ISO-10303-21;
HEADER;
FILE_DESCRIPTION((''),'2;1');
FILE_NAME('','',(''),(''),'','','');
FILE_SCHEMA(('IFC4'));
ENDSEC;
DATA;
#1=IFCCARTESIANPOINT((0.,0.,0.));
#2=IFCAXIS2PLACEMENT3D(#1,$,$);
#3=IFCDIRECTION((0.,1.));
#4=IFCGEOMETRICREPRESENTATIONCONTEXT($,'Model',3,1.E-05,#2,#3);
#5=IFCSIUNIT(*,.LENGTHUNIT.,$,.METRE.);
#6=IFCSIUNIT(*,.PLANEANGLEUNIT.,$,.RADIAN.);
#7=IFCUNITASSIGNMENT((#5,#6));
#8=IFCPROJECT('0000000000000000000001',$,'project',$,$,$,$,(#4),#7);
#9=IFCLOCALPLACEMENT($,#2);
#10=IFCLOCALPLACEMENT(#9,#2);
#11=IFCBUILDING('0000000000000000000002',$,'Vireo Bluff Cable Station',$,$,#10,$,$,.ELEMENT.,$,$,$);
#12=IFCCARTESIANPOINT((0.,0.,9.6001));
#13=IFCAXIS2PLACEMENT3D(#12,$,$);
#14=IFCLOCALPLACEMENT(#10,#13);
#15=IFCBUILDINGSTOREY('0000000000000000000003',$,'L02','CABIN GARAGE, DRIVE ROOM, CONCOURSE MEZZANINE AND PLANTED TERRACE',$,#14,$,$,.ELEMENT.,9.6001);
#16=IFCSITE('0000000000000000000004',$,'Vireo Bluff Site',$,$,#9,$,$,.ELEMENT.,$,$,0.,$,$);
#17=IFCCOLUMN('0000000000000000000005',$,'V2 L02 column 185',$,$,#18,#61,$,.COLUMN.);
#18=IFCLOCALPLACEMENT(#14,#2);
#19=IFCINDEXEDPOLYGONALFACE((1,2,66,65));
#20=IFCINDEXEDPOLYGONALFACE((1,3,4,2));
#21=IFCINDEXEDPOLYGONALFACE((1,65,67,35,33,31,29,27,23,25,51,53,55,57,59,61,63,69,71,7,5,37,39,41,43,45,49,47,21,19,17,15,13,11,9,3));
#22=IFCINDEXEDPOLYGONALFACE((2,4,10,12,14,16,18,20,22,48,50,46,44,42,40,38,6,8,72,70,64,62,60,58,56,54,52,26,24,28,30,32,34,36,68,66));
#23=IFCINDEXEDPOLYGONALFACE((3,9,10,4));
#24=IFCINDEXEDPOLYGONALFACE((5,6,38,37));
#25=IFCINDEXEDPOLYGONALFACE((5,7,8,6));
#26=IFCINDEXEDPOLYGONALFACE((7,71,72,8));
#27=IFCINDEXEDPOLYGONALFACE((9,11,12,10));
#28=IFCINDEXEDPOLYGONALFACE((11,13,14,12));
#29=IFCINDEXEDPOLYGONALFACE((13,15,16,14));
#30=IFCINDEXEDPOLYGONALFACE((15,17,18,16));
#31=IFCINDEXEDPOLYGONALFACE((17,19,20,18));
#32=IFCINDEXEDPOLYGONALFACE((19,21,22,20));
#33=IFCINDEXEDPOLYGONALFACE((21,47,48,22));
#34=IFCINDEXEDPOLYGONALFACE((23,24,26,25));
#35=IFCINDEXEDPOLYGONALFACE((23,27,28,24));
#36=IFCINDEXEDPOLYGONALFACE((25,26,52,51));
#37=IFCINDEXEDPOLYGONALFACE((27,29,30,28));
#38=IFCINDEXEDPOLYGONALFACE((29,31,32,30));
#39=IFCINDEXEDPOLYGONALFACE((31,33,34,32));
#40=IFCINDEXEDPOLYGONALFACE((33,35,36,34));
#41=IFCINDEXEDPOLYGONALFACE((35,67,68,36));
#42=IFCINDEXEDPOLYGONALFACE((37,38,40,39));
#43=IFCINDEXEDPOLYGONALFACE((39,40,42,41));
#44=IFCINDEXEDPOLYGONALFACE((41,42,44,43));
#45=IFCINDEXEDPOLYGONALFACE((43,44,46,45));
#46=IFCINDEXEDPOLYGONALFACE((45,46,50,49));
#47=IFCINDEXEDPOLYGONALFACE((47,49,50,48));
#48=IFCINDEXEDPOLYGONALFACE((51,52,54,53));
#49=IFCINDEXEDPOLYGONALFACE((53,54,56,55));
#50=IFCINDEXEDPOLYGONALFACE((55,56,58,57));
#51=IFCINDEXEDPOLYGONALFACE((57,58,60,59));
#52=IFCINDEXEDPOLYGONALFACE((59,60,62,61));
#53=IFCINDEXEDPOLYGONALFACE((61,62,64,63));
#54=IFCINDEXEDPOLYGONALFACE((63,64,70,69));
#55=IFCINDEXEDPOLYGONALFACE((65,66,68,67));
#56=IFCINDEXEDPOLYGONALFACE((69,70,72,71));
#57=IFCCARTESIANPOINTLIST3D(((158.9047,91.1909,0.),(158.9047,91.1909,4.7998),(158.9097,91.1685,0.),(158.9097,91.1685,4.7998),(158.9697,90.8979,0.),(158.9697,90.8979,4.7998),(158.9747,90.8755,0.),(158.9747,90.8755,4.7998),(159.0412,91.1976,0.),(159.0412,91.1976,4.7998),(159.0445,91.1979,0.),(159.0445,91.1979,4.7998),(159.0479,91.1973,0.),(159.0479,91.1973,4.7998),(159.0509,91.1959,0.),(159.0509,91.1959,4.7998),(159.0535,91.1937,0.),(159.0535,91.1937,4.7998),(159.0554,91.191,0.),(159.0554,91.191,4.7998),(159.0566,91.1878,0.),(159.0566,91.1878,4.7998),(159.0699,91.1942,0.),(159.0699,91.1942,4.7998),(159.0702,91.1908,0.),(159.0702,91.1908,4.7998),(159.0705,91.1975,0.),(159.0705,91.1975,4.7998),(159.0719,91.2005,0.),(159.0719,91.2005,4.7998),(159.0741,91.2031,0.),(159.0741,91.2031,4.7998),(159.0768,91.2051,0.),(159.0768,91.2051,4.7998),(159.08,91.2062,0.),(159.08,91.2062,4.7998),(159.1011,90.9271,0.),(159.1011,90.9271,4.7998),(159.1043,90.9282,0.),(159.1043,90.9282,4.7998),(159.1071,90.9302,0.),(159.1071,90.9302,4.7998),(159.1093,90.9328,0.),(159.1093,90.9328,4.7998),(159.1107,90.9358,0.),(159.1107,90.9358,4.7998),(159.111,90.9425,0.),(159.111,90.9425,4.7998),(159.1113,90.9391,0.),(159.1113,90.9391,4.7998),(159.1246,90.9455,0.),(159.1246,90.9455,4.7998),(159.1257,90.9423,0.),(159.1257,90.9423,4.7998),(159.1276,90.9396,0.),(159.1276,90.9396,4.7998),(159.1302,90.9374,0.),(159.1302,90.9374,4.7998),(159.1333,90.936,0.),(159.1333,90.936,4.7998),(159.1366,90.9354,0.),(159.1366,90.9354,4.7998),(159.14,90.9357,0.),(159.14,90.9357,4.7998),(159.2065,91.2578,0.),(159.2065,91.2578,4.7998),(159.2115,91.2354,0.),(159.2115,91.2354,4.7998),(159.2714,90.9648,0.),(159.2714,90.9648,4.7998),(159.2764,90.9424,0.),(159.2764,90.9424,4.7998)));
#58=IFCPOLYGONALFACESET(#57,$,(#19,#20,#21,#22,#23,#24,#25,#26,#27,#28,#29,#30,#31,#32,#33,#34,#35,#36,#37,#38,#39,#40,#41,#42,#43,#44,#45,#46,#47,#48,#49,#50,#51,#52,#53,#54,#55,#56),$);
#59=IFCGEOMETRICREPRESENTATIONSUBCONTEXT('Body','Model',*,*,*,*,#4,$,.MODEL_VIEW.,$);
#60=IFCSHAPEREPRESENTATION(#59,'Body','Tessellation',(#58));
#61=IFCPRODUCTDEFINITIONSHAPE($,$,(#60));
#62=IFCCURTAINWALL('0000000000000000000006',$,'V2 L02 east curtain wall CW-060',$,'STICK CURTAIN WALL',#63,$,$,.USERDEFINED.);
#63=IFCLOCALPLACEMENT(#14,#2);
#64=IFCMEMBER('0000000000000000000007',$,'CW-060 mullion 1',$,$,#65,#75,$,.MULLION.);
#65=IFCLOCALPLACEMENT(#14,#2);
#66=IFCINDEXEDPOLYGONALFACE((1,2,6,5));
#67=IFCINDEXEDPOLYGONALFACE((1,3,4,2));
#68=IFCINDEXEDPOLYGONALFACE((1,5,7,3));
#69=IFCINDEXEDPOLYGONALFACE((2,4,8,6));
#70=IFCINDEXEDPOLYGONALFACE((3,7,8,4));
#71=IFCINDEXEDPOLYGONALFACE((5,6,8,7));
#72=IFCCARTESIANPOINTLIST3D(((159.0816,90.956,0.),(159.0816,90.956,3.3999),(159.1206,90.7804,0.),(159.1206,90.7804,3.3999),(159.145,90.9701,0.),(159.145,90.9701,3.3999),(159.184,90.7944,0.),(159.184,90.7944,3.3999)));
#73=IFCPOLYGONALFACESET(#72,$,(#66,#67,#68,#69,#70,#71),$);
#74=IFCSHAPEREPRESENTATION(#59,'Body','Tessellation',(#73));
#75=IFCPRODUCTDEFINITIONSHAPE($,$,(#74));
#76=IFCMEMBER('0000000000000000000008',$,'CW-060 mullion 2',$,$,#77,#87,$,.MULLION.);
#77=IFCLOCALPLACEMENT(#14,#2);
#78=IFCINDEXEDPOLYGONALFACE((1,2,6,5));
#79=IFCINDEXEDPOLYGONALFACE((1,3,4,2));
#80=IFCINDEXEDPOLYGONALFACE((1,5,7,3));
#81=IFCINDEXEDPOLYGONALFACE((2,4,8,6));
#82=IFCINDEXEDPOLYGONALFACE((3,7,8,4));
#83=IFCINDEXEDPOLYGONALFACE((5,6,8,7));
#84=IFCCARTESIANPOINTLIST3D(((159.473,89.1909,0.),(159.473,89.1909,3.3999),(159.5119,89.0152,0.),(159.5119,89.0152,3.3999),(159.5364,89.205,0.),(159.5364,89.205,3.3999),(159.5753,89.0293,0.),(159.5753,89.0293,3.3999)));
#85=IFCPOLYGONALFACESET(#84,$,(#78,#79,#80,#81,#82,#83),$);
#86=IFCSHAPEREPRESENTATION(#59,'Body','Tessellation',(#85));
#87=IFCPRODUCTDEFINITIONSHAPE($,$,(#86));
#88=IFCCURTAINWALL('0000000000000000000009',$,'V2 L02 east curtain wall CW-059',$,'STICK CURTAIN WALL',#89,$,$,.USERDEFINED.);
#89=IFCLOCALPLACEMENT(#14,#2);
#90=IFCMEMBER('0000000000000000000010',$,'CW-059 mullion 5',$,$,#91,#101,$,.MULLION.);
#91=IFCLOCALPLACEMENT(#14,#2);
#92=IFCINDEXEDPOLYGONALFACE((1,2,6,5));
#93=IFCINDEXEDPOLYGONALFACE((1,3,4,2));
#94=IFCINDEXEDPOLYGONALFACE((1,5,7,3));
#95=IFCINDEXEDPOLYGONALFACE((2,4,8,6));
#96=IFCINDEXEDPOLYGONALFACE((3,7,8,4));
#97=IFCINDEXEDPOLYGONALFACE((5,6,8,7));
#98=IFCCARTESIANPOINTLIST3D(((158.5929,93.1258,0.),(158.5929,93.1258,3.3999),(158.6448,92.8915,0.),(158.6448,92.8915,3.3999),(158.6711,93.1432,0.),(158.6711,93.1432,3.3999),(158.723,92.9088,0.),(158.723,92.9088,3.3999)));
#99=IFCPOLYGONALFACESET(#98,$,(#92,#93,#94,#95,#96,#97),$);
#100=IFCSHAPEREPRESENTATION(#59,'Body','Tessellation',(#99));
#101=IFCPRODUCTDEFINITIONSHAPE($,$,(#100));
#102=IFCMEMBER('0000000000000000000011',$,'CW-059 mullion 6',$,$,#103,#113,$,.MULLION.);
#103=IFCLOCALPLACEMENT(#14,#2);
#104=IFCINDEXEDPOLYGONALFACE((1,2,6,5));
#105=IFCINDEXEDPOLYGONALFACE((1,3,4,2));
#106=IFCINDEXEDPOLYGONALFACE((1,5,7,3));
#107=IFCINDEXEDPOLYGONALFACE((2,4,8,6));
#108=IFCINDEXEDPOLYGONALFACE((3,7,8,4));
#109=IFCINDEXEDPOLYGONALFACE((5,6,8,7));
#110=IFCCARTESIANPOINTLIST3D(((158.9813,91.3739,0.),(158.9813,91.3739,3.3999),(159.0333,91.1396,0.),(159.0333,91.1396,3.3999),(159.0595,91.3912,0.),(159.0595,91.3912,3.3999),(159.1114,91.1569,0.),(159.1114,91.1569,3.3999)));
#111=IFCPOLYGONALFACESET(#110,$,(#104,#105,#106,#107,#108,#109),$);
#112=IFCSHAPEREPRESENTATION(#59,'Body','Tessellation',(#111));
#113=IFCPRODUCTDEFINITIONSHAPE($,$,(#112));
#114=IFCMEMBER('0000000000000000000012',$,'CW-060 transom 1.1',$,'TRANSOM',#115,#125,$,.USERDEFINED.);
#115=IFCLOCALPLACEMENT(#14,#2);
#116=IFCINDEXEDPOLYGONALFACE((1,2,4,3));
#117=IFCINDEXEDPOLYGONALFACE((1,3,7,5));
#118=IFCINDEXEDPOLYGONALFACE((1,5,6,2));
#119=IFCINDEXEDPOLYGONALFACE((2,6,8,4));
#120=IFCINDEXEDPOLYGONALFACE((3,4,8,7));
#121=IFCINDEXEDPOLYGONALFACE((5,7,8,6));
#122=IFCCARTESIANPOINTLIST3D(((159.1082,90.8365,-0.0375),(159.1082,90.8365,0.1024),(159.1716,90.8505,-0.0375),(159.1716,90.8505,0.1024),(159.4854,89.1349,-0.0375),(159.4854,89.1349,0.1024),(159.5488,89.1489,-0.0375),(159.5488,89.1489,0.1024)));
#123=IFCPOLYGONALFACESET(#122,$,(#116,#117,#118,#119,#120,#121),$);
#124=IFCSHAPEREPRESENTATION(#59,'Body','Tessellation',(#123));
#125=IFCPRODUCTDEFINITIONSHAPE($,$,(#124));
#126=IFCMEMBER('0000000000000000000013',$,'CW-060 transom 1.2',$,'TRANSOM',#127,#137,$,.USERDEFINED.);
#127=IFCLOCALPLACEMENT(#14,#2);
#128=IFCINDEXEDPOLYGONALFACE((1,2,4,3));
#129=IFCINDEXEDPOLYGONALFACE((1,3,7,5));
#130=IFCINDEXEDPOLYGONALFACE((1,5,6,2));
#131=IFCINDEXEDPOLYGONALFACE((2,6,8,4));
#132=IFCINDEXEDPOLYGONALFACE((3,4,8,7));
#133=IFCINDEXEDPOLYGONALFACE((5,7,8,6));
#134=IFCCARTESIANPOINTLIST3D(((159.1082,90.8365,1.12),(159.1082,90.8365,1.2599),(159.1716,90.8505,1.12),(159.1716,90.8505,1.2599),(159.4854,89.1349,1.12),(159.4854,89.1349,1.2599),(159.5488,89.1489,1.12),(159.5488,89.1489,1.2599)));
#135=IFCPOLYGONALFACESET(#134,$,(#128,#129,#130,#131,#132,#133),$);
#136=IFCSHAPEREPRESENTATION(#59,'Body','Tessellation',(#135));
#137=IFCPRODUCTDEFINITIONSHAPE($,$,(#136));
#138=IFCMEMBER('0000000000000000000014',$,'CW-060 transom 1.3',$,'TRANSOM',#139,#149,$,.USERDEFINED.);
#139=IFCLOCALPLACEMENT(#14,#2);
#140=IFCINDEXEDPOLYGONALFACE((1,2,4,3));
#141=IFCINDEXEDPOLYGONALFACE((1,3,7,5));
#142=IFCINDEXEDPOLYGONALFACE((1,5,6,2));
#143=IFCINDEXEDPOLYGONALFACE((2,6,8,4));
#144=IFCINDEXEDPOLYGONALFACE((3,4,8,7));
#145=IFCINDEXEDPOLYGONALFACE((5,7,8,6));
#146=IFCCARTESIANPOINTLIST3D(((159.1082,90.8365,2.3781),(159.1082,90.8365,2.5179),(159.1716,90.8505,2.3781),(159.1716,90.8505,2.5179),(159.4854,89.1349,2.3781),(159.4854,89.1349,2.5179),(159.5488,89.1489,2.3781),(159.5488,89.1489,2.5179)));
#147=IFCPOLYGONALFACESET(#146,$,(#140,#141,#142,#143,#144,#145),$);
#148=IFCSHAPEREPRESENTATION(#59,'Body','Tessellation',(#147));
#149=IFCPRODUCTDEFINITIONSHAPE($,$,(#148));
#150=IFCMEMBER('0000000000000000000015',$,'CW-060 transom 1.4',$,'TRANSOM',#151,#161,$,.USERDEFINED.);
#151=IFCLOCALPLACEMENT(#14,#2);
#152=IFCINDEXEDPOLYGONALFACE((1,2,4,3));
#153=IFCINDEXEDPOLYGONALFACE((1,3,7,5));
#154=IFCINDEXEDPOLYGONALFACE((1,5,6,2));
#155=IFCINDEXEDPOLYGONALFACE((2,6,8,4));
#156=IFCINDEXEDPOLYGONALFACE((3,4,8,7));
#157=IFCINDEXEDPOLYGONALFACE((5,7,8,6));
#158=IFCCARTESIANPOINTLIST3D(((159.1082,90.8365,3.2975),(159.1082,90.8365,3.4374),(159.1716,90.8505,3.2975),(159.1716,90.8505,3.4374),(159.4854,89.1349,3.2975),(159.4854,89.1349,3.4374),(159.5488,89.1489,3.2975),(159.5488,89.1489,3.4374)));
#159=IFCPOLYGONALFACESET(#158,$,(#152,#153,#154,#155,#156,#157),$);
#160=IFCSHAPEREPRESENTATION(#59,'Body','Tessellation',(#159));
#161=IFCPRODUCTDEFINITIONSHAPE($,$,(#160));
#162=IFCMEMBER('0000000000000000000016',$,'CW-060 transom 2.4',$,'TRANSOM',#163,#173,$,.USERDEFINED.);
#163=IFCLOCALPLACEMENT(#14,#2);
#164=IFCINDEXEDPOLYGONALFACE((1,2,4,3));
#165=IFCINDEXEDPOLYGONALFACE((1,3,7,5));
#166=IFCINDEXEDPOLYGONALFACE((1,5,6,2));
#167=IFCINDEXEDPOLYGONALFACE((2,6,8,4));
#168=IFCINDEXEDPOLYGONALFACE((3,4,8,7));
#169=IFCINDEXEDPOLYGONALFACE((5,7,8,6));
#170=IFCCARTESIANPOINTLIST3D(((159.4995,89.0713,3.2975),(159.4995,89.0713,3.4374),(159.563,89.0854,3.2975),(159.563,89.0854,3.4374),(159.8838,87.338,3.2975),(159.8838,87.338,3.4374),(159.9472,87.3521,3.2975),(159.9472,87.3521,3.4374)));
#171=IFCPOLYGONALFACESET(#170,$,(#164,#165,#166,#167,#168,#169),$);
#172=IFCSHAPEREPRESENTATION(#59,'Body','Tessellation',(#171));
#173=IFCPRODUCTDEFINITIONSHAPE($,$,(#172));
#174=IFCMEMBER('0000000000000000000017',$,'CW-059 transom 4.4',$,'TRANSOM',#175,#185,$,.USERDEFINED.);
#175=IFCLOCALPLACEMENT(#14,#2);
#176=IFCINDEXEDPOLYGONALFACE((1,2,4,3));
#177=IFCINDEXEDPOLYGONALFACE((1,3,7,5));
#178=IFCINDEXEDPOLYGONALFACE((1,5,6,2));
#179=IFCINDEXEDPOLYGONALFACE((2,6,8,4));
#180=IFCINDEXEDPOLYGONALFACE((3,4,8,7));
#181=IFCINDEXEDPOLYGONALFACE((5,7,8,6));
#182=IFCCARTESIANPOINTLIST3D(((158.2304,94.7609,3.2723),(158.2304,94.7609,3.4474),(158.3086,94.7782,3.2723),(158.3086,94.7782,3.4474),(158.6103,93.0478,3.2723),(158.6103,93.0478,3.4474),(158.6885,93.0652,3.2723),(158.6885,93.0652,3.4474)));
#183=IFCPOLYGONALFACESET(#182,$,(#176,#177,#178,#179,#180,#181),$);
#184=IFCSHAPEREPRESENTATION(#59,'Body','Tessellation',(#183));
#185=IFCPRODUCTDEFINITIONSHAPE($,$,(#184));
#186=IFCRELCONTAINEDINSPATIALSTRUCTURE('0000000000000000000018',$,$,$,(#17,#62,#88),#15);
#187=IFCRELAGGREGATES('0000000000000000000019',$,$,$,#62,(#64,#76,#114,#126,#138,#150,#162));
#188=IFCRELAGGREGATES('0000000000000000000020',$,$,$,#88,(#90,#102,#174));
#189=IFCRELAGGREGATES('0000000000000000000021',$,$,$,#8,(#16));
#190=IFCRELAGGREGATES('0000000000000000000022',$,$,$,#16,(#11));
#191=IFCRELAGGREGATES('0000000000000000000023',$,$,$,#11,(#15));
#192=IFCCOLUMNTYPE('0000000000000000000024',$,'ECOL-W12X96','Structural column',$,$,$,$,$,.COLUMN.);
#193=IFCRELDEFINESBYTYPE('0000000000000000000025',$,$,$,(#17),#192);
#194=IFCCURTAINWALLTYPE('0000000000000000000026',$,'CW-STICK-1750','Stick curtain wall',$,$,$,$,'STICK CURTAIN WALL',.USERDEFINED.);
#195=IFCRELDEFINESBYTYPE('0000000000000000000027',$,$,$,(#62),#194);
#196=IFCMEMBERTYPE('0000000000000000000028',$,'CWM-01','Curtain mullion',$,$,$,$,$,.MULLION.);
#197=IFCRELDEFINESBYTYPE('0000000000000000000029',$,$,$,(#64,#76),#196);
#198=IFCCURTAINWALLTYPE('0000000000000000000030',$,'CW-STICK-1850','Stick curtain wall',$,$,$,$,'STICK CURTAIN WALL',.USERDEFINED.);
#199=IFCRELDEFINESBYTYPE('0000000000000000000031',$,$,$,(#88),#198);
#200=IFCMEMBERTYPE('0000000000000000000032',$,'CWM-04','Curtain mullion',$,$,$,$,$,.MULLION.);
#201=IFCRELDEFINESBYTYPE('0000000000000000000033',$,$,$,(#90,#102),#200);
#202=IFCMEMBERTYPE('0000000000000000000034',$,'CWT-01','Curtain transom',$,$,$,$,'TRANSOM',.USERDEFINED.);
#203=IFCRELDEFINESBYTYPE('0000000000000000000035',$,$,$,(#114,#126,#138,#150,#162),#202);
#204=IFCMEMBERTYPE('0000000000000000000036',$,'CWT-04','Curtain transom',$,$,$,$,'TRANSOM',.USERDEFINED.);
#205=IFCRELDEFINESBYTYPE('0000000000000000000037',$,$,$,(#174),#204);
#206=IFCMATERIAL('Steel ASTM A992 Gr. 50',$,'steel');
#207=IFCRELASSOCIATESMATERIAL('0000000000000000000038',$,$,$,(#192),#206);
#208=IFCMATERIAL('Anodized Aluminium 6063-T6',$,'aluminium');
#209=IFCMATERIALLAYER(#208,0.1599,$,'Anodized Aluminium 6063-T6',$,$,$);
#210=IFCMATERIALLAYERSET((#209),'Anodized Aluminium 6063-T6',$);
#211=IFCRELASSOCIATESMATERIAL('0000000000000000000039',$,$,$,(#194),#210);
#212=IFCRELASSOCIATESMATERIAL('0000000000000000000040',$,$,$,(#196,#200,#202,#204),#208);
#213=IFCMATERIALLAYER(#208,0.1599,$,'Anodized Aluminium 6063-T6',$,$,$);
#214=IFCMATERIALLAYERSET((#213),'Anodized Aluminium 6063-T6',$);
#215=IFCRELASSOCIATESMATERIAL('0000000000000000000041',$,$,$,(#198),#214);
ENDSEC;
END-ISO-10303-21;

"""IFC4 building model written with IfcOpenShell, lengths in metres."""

from ifc_helpers import new_model, si_unit, direction, frame, origin, origin_2d, place, context, subcontext, project, spatial, rectangle, i_section, extrude, material, layer, layer_set, material_profile, profile_set, type_object, element, aggregate, save


model = new_model("IFC4")

# Units and contexts
model_context = context("Model", 3, precision=1e-05, world=origin(), true_north=direction((0.0, 1.0)))
body_context = subcontext(model_context, "Body", "Model", "MODEL_VIEW")
ifc_project = project(units=[si_unit("LENGTHUNIT", "METRE"), si_unit("PLANEANGLEUNIT", "RADIAN")], contexts=[model_context])

# Site, building, storey
site_placement = place(None, origin())
site = spatial("IfcSite", under=ifc_project, at=site_placement, Name="Vireo Bluff Site", CompositionType="ELEMENT", RefElevation=0.0)
building_placement = place(site_placement, origin())
building = spatial("IfcBuilding", under=site, at=building_placement, Name="Vireo Bluff Cable Station", CompositionType="ELEMENT")
storey_placement = place(building_placement, frame((0.0, 0.0, 9.6001)))
storey = spatial("IfcBuildingStorey", under=building, at=storey_placement, Name="L02", Description="CABIN GARAGE, DRIVE ROOM, CONCOURSE MEZZANINE AND PLANTED TERRACE", CompositionType="ELEMENT", Elevation=9.6001)

# Column
ifc_material_1 = material(Name="Steel ASTM A992 Gr. 50", Category="steel")
ifc_material_profile_1 = material_profile(ifc_material_1, i_section(OverallWidth=0.3091, OverallDepth=0.323, WebThickness=0.0139, FlangeThickness=0.0229, FilletRadius=0.0129, at=origin_2d()), Name="W12X96")
ifc_profile_set_1 = profile_set([ifc_material_profile_1], Name="Steel ASTM A992 Gr. 50")
column_type = type_object("IfcColumnType", Name="ECOL-W12X96", Description="Structural column", PredefinedType="COLUMN", material=ifc_profile_set_1)
column_placement = place(storey_placement, frame((159.0906, 91.0667, 0.0), z_axis=(0.0, 0.0, 1.0), x_axis=(0.976296, 0.21644, 0.0)))
element("IfcColumn", 1, at=column_placement, inside=storey, type_object=column_type, Name="V2 L02 column 185", PredefinedType="COLUMN", context=body_context, shape_type="SweptSolid", body=[
    extrude(i_section(OverallWidth=0.3091, OverallDepth=0.323, WebThickness=0.0139, FlangeThickness=0.0229, FilletRadius=0.0129, at=origin_2d()), origin(), (0.0, 0.0, 1.0), 4.7998),
])

# Curtain walls, members
ifc_material_2 = material(Name="Anodized Aluminium 6063-T6", Category="aluminium")
ifc_layer_1 = layer(ifc_material_2, 0.1599, Name="Anodized Aluminium 6063-T6")
ifc_layer_set_1 = layer_set([ifc_layer_1], Name="Anodized Aluminium 6063-T6")
curtain_wall_type_1 = type_object("IfcCurtainWallType", Name="CW-STICK-1750", Description="Stick curtain wall", ElementType="STICK CURTAIN WALL", PredefinedType="USERDEFINED", material=ifc_layer_set_1)
curtain_wall_1_placement = place(storey_placement, origin())
curtain_wall_1 = element("IfcCurtainWall", 2, at=curtain_wall_1_placement, inside=storey, type_object=curtain_wall_type_1, Name="V2 L02 east curtain wall CW-060", ObjectType="STICK CURTAIN WALL", PredefinedType="USERDEFINED")
ifc_material_profile_2 = material_profile(ifc_material_2, rectangle(XDim=0.0649, YDim=0.1799, at=origin_2d()), Name="ALU-M-65X180")
ifc_profile_set_2 = profile_set([ifc_material_profile_2], Name="Anodized Aluminium 6063-T6")
member_type_1 = type_object("IfcMemberType", Name="CWM-01", Description="Curtain mullion", PredefinedType="MULLION", material=ifc_profile_set_2)
member_1_placement = place(storey_placement, frame((159.1328, 90.8752, 0.0), z_axis=(0.0, 0.0, 1.0), x_axis=(0.976296, 0.21644, 0.0)))
member_1 = element("IfcMember", 3, at=member_1_placement, type_object=member_type_1, Name="CW-060 mullion 1", PredefinedType="MULLION", context=body_context, shape_type="SweptSolid", body=[
    extrude(rectangle(XDim=0.0649, YDim=0.1799, at=origin_2d()), origin(), (0.0, 0.0, 1.0), 3.3999),
])
member_2_placement = place(storey_placement, frame((159.5242, 89.1101, 0.0), z_axis=(0.0, 0.0, 1.0), x_axis=(0.976296, 0.21644, 0.0)))
member_2 = element("IfcMember", 4, at=member_2_placement, type_object=member_type_1, Name="CW-060 mullion 2", PredefinedType="MULLION", context=body_context, shape_type="SweptSolid", body=[
    extrude(rectangle(XDim=0.0649, YDim=0.1799, at=origin_2d()), origin(), (0.0, 0.0, 1.0), 3.3999),
])
ifc_layer_2 = layer(ifc_material_2, 0.1599, Name="Anodized Aluminium 6063-T6")
ifc_layer_set_2 = layer_set([ifc_layer_2], Name="Anodized Aluminium 6063-T6")
curtain_wall_type_2 = type_object("IfcCurtainWallType", Name="CW-STICK-1850", Description="Stick curtain wall", ElementType="STICK CURTAIN WALL", PredefinedType="USERDEFINED", material=ifc_layer_set_2)
curtain_wall_2_placement = place(storey_placement, origin())
curtain_wall_2 = element("IfcCurtainWall", 5, at=curtain_wall_2_placement, inside=storey, type_object=curtain_wall_type_2, Name="V2 L02 east curtain wall CW-059", ObjectType="STICK CURTAIN WALL", PredefinedType="USERDEFINED")
ifc_material_profile_3 = material_profile(ifc_material_2, rectangle(XDim=0.0801, YDim=0.24, at=origin_2d()), Name="ALU-M-80X240")
ifc_profile_set_3 = profile_set([ifc_material_profile_3], Name="Anodized Aluminium 6063-T6")
member_type_2 = type_object("IfcMemberType", Name="CWM-04", Description="Curtain mullion", PredefinedType="MULLION", material=ifc_profile_set_3)
member_3_placement = place(storey_placement, frame((158.658, 93.0173, 0.0), z_axis=(0.0, 0.0, 1.0), x_axis=(0.976296, 0.21644, 0.0)))
member_3 = element("IfcMember", 6, at=member_3_placement, type_object=member_type_2, Name="CW-059 mullion 5", PredefinedType="MULLION", context=body_context, shape_type="SweptSolid", body=[
    extrude(rectangle(XDim=0.0801, YDim=0.24, at=origin_2d()), origin(), (0.0, 0.0, 1.0), 3.3999),
])
member_4_placement = place(storey_placement, frame((159.0464, 91.2654, 0.0), z_axis=(0.0, 0.0, 1.0), x_axis=(0.976296, 0.21644, 0.0)))
member_4 = element("IfcMember", 7, at=member_4_placement, type_object=member_type_2, Name="CW-059 mullion 6", PredefinedType="MULLION", context=body_context, shape_type="SweptSolid", body=[
    extrude(rectangle(XDim=0.0801, YDim=0.24, at=origin_2d()), origin(), (0.0, 0.0, 1.0), 3.3999),
])

# Members
ifc_material_profile_4 = material_profile(ifc_material_2, rectangle(XDim=0.0649, YDim=0.1399, at=origin_2d()), Name="ALU-T-65X140")
ifc_profile_set_4 = profile_set([ifc_material_profile_4], Name="Anodized Aluminium 6063-T6")
member_type_3 = type_object("IfcMemberType", Name="CWT-01", Description="Curtain transom", ElementType="TRANSOM", PredefinedType="USERDEFINED", material=ifc_profile_set_4)
member_5_placement = place(storey_placement, frame((159.1399, 90.8435, 0.0325), z_axis=(0.216411, -0.976302, 0.0), x_axis=(0.976302, 0.216411, 0.0)))
member_5 = element("IfcMember", 8, at=member_5_placement, type_object=member_type_3, Name="CW-060 transom 1.1", ObjectType="TRANSOM", PredefinedType="USERDEFINED", context=body_context, shape_type="SweptSolid", body=[
    extrude(rectangle(XDim=0.0649, YDim=0.1399, at=origin_2d()), origin(), (0.0, 0.0, 1.0), 1.7429),
])
member_6_placement = place(storey_placement, frame((159.1399, 90.8435, 1.1899), z_axis=(0.216411, -0.976302, 0.0), x_axis=(0.976302, 0.216411, 0.0)))
member_6 = element("IfcMember", 9, at=member_6_placement, type_object=member_type_3, Name="CW-060 transom 1.2", ObjectType="TRANSOM", PredefinedType="USERDEFINED", context=body_context, shape_type="SweptSolid", body=[
    extrude(rectangle(XDim=0.0649, YDim=0.1399, at=origin_2d()), origin(), (0.0, 0.0, 1.0), 1.7429),
])
member_7_placement = place(storey_placement, frame((159.1399, 90.8435, 2.448), z_axis=(0.216411, -0.976302, 0.0), x_axis=(0.976302, 0.216411, 0.0)))
member_7 = element("IfcMember", 10, at=member_7_placement, type_object=member_type_3, Name="CW-060 transom 1.3", ObjectType="TRANSOM", PredefinedType="USERDEFINED", context=body_context, shape_type="SweptSolid", body=[
    extrude(rectangle(XDim=0.0649, YDim=0.1399, at=origin_2d()), origin(), (0.0, 0.0, 1.0), 1.7429),
])
member_8_placement = place(storey_placement, frame((159.1399, 90.8435, 3.3674), z_axis=(0.216411, -0.976302, 0.0), x_axis=(0.976302, 0.216411, 0.0)))
member_8 = element("IfcMember", 11, at=member_8_placement, type_object=member_type_3, Name="CW-060 transom 1.4", ObjectType="TRANSOM", PredefinedType="USERDEFINED", context=body_context, shape_type="SweptSolid", body=[
    extrude(rectangle(XDim=0.0649, YDim=0.1399, at=origin_2d()), origin(), (0.0, 0.0, 1.0), 1.7429),
])
member_9_placement = place(storey_placement, frame((159.5312, 89.0784, 3.3674), z_axis=(0.216435, -0.976297, 0.0), x_axis=(0.976297, 0.216435, 0.0)))
member_9 = element("IfcMember", 12, at=member_9_placement, type_object=member_type_3, Name="CW-060 transom 2.4", ObjectType="TRANSOM", PredefinedType="USERDEFINED", context=body_context, shape_type="SweptSolid", body=[
    extrude(rectangle(XDim=0.0649, YDim=0.1399, at=origin_2d()), origin(), (0.0, 0.0, 1.0), 1.7754),
])
ifc_material_profile_5 = material_profile(ifc_material_2, rectangle(XDim=0.0801, YDim=0.175, at=origin_2d()), Name="ALU-T-80X175")
ifc_profile_set_5 = profile_set([ifc_material_profile_5], Name="Anodized Aluminium 6063-T6")
member_type_4 = type_object("IfcMemberType", Name="CWT-04", Description="Curtain transom", ElementType="TRANSOM", PredefinedType="USERDEFINED", material=ifc_profile_set_5)
member_10_placement = place(storey_placement, frame((158.2695, 94.7695, 3.3599), z_axis=(0.216488, -0.976285, 0.0), x_axis=(0.976285, 0.216488, 0.0)))
member_10 = element("IfcMember", 13, at=member_10_placement, type_object=member_type_4, Name="CW-059 transom 4.4", ObjectType="TRANSOM", PredefinedType="USERDEFINED", context=body_context, shape_type="SweptSolid", body=[
    extrude(rectangle(XDim=0.0801, YDim=0.175, at=origin_2d()), origin(), (0.0, 0.0, 1.0), 1.7546),
])

aggregate(curtain_wall_1, [member_1, member_2, member_5, member_6, member_7, member_8, member_9])
aggregate(curtain_wall_2, [member_3, member_4, member_10])

save(model, "model.ifc")
